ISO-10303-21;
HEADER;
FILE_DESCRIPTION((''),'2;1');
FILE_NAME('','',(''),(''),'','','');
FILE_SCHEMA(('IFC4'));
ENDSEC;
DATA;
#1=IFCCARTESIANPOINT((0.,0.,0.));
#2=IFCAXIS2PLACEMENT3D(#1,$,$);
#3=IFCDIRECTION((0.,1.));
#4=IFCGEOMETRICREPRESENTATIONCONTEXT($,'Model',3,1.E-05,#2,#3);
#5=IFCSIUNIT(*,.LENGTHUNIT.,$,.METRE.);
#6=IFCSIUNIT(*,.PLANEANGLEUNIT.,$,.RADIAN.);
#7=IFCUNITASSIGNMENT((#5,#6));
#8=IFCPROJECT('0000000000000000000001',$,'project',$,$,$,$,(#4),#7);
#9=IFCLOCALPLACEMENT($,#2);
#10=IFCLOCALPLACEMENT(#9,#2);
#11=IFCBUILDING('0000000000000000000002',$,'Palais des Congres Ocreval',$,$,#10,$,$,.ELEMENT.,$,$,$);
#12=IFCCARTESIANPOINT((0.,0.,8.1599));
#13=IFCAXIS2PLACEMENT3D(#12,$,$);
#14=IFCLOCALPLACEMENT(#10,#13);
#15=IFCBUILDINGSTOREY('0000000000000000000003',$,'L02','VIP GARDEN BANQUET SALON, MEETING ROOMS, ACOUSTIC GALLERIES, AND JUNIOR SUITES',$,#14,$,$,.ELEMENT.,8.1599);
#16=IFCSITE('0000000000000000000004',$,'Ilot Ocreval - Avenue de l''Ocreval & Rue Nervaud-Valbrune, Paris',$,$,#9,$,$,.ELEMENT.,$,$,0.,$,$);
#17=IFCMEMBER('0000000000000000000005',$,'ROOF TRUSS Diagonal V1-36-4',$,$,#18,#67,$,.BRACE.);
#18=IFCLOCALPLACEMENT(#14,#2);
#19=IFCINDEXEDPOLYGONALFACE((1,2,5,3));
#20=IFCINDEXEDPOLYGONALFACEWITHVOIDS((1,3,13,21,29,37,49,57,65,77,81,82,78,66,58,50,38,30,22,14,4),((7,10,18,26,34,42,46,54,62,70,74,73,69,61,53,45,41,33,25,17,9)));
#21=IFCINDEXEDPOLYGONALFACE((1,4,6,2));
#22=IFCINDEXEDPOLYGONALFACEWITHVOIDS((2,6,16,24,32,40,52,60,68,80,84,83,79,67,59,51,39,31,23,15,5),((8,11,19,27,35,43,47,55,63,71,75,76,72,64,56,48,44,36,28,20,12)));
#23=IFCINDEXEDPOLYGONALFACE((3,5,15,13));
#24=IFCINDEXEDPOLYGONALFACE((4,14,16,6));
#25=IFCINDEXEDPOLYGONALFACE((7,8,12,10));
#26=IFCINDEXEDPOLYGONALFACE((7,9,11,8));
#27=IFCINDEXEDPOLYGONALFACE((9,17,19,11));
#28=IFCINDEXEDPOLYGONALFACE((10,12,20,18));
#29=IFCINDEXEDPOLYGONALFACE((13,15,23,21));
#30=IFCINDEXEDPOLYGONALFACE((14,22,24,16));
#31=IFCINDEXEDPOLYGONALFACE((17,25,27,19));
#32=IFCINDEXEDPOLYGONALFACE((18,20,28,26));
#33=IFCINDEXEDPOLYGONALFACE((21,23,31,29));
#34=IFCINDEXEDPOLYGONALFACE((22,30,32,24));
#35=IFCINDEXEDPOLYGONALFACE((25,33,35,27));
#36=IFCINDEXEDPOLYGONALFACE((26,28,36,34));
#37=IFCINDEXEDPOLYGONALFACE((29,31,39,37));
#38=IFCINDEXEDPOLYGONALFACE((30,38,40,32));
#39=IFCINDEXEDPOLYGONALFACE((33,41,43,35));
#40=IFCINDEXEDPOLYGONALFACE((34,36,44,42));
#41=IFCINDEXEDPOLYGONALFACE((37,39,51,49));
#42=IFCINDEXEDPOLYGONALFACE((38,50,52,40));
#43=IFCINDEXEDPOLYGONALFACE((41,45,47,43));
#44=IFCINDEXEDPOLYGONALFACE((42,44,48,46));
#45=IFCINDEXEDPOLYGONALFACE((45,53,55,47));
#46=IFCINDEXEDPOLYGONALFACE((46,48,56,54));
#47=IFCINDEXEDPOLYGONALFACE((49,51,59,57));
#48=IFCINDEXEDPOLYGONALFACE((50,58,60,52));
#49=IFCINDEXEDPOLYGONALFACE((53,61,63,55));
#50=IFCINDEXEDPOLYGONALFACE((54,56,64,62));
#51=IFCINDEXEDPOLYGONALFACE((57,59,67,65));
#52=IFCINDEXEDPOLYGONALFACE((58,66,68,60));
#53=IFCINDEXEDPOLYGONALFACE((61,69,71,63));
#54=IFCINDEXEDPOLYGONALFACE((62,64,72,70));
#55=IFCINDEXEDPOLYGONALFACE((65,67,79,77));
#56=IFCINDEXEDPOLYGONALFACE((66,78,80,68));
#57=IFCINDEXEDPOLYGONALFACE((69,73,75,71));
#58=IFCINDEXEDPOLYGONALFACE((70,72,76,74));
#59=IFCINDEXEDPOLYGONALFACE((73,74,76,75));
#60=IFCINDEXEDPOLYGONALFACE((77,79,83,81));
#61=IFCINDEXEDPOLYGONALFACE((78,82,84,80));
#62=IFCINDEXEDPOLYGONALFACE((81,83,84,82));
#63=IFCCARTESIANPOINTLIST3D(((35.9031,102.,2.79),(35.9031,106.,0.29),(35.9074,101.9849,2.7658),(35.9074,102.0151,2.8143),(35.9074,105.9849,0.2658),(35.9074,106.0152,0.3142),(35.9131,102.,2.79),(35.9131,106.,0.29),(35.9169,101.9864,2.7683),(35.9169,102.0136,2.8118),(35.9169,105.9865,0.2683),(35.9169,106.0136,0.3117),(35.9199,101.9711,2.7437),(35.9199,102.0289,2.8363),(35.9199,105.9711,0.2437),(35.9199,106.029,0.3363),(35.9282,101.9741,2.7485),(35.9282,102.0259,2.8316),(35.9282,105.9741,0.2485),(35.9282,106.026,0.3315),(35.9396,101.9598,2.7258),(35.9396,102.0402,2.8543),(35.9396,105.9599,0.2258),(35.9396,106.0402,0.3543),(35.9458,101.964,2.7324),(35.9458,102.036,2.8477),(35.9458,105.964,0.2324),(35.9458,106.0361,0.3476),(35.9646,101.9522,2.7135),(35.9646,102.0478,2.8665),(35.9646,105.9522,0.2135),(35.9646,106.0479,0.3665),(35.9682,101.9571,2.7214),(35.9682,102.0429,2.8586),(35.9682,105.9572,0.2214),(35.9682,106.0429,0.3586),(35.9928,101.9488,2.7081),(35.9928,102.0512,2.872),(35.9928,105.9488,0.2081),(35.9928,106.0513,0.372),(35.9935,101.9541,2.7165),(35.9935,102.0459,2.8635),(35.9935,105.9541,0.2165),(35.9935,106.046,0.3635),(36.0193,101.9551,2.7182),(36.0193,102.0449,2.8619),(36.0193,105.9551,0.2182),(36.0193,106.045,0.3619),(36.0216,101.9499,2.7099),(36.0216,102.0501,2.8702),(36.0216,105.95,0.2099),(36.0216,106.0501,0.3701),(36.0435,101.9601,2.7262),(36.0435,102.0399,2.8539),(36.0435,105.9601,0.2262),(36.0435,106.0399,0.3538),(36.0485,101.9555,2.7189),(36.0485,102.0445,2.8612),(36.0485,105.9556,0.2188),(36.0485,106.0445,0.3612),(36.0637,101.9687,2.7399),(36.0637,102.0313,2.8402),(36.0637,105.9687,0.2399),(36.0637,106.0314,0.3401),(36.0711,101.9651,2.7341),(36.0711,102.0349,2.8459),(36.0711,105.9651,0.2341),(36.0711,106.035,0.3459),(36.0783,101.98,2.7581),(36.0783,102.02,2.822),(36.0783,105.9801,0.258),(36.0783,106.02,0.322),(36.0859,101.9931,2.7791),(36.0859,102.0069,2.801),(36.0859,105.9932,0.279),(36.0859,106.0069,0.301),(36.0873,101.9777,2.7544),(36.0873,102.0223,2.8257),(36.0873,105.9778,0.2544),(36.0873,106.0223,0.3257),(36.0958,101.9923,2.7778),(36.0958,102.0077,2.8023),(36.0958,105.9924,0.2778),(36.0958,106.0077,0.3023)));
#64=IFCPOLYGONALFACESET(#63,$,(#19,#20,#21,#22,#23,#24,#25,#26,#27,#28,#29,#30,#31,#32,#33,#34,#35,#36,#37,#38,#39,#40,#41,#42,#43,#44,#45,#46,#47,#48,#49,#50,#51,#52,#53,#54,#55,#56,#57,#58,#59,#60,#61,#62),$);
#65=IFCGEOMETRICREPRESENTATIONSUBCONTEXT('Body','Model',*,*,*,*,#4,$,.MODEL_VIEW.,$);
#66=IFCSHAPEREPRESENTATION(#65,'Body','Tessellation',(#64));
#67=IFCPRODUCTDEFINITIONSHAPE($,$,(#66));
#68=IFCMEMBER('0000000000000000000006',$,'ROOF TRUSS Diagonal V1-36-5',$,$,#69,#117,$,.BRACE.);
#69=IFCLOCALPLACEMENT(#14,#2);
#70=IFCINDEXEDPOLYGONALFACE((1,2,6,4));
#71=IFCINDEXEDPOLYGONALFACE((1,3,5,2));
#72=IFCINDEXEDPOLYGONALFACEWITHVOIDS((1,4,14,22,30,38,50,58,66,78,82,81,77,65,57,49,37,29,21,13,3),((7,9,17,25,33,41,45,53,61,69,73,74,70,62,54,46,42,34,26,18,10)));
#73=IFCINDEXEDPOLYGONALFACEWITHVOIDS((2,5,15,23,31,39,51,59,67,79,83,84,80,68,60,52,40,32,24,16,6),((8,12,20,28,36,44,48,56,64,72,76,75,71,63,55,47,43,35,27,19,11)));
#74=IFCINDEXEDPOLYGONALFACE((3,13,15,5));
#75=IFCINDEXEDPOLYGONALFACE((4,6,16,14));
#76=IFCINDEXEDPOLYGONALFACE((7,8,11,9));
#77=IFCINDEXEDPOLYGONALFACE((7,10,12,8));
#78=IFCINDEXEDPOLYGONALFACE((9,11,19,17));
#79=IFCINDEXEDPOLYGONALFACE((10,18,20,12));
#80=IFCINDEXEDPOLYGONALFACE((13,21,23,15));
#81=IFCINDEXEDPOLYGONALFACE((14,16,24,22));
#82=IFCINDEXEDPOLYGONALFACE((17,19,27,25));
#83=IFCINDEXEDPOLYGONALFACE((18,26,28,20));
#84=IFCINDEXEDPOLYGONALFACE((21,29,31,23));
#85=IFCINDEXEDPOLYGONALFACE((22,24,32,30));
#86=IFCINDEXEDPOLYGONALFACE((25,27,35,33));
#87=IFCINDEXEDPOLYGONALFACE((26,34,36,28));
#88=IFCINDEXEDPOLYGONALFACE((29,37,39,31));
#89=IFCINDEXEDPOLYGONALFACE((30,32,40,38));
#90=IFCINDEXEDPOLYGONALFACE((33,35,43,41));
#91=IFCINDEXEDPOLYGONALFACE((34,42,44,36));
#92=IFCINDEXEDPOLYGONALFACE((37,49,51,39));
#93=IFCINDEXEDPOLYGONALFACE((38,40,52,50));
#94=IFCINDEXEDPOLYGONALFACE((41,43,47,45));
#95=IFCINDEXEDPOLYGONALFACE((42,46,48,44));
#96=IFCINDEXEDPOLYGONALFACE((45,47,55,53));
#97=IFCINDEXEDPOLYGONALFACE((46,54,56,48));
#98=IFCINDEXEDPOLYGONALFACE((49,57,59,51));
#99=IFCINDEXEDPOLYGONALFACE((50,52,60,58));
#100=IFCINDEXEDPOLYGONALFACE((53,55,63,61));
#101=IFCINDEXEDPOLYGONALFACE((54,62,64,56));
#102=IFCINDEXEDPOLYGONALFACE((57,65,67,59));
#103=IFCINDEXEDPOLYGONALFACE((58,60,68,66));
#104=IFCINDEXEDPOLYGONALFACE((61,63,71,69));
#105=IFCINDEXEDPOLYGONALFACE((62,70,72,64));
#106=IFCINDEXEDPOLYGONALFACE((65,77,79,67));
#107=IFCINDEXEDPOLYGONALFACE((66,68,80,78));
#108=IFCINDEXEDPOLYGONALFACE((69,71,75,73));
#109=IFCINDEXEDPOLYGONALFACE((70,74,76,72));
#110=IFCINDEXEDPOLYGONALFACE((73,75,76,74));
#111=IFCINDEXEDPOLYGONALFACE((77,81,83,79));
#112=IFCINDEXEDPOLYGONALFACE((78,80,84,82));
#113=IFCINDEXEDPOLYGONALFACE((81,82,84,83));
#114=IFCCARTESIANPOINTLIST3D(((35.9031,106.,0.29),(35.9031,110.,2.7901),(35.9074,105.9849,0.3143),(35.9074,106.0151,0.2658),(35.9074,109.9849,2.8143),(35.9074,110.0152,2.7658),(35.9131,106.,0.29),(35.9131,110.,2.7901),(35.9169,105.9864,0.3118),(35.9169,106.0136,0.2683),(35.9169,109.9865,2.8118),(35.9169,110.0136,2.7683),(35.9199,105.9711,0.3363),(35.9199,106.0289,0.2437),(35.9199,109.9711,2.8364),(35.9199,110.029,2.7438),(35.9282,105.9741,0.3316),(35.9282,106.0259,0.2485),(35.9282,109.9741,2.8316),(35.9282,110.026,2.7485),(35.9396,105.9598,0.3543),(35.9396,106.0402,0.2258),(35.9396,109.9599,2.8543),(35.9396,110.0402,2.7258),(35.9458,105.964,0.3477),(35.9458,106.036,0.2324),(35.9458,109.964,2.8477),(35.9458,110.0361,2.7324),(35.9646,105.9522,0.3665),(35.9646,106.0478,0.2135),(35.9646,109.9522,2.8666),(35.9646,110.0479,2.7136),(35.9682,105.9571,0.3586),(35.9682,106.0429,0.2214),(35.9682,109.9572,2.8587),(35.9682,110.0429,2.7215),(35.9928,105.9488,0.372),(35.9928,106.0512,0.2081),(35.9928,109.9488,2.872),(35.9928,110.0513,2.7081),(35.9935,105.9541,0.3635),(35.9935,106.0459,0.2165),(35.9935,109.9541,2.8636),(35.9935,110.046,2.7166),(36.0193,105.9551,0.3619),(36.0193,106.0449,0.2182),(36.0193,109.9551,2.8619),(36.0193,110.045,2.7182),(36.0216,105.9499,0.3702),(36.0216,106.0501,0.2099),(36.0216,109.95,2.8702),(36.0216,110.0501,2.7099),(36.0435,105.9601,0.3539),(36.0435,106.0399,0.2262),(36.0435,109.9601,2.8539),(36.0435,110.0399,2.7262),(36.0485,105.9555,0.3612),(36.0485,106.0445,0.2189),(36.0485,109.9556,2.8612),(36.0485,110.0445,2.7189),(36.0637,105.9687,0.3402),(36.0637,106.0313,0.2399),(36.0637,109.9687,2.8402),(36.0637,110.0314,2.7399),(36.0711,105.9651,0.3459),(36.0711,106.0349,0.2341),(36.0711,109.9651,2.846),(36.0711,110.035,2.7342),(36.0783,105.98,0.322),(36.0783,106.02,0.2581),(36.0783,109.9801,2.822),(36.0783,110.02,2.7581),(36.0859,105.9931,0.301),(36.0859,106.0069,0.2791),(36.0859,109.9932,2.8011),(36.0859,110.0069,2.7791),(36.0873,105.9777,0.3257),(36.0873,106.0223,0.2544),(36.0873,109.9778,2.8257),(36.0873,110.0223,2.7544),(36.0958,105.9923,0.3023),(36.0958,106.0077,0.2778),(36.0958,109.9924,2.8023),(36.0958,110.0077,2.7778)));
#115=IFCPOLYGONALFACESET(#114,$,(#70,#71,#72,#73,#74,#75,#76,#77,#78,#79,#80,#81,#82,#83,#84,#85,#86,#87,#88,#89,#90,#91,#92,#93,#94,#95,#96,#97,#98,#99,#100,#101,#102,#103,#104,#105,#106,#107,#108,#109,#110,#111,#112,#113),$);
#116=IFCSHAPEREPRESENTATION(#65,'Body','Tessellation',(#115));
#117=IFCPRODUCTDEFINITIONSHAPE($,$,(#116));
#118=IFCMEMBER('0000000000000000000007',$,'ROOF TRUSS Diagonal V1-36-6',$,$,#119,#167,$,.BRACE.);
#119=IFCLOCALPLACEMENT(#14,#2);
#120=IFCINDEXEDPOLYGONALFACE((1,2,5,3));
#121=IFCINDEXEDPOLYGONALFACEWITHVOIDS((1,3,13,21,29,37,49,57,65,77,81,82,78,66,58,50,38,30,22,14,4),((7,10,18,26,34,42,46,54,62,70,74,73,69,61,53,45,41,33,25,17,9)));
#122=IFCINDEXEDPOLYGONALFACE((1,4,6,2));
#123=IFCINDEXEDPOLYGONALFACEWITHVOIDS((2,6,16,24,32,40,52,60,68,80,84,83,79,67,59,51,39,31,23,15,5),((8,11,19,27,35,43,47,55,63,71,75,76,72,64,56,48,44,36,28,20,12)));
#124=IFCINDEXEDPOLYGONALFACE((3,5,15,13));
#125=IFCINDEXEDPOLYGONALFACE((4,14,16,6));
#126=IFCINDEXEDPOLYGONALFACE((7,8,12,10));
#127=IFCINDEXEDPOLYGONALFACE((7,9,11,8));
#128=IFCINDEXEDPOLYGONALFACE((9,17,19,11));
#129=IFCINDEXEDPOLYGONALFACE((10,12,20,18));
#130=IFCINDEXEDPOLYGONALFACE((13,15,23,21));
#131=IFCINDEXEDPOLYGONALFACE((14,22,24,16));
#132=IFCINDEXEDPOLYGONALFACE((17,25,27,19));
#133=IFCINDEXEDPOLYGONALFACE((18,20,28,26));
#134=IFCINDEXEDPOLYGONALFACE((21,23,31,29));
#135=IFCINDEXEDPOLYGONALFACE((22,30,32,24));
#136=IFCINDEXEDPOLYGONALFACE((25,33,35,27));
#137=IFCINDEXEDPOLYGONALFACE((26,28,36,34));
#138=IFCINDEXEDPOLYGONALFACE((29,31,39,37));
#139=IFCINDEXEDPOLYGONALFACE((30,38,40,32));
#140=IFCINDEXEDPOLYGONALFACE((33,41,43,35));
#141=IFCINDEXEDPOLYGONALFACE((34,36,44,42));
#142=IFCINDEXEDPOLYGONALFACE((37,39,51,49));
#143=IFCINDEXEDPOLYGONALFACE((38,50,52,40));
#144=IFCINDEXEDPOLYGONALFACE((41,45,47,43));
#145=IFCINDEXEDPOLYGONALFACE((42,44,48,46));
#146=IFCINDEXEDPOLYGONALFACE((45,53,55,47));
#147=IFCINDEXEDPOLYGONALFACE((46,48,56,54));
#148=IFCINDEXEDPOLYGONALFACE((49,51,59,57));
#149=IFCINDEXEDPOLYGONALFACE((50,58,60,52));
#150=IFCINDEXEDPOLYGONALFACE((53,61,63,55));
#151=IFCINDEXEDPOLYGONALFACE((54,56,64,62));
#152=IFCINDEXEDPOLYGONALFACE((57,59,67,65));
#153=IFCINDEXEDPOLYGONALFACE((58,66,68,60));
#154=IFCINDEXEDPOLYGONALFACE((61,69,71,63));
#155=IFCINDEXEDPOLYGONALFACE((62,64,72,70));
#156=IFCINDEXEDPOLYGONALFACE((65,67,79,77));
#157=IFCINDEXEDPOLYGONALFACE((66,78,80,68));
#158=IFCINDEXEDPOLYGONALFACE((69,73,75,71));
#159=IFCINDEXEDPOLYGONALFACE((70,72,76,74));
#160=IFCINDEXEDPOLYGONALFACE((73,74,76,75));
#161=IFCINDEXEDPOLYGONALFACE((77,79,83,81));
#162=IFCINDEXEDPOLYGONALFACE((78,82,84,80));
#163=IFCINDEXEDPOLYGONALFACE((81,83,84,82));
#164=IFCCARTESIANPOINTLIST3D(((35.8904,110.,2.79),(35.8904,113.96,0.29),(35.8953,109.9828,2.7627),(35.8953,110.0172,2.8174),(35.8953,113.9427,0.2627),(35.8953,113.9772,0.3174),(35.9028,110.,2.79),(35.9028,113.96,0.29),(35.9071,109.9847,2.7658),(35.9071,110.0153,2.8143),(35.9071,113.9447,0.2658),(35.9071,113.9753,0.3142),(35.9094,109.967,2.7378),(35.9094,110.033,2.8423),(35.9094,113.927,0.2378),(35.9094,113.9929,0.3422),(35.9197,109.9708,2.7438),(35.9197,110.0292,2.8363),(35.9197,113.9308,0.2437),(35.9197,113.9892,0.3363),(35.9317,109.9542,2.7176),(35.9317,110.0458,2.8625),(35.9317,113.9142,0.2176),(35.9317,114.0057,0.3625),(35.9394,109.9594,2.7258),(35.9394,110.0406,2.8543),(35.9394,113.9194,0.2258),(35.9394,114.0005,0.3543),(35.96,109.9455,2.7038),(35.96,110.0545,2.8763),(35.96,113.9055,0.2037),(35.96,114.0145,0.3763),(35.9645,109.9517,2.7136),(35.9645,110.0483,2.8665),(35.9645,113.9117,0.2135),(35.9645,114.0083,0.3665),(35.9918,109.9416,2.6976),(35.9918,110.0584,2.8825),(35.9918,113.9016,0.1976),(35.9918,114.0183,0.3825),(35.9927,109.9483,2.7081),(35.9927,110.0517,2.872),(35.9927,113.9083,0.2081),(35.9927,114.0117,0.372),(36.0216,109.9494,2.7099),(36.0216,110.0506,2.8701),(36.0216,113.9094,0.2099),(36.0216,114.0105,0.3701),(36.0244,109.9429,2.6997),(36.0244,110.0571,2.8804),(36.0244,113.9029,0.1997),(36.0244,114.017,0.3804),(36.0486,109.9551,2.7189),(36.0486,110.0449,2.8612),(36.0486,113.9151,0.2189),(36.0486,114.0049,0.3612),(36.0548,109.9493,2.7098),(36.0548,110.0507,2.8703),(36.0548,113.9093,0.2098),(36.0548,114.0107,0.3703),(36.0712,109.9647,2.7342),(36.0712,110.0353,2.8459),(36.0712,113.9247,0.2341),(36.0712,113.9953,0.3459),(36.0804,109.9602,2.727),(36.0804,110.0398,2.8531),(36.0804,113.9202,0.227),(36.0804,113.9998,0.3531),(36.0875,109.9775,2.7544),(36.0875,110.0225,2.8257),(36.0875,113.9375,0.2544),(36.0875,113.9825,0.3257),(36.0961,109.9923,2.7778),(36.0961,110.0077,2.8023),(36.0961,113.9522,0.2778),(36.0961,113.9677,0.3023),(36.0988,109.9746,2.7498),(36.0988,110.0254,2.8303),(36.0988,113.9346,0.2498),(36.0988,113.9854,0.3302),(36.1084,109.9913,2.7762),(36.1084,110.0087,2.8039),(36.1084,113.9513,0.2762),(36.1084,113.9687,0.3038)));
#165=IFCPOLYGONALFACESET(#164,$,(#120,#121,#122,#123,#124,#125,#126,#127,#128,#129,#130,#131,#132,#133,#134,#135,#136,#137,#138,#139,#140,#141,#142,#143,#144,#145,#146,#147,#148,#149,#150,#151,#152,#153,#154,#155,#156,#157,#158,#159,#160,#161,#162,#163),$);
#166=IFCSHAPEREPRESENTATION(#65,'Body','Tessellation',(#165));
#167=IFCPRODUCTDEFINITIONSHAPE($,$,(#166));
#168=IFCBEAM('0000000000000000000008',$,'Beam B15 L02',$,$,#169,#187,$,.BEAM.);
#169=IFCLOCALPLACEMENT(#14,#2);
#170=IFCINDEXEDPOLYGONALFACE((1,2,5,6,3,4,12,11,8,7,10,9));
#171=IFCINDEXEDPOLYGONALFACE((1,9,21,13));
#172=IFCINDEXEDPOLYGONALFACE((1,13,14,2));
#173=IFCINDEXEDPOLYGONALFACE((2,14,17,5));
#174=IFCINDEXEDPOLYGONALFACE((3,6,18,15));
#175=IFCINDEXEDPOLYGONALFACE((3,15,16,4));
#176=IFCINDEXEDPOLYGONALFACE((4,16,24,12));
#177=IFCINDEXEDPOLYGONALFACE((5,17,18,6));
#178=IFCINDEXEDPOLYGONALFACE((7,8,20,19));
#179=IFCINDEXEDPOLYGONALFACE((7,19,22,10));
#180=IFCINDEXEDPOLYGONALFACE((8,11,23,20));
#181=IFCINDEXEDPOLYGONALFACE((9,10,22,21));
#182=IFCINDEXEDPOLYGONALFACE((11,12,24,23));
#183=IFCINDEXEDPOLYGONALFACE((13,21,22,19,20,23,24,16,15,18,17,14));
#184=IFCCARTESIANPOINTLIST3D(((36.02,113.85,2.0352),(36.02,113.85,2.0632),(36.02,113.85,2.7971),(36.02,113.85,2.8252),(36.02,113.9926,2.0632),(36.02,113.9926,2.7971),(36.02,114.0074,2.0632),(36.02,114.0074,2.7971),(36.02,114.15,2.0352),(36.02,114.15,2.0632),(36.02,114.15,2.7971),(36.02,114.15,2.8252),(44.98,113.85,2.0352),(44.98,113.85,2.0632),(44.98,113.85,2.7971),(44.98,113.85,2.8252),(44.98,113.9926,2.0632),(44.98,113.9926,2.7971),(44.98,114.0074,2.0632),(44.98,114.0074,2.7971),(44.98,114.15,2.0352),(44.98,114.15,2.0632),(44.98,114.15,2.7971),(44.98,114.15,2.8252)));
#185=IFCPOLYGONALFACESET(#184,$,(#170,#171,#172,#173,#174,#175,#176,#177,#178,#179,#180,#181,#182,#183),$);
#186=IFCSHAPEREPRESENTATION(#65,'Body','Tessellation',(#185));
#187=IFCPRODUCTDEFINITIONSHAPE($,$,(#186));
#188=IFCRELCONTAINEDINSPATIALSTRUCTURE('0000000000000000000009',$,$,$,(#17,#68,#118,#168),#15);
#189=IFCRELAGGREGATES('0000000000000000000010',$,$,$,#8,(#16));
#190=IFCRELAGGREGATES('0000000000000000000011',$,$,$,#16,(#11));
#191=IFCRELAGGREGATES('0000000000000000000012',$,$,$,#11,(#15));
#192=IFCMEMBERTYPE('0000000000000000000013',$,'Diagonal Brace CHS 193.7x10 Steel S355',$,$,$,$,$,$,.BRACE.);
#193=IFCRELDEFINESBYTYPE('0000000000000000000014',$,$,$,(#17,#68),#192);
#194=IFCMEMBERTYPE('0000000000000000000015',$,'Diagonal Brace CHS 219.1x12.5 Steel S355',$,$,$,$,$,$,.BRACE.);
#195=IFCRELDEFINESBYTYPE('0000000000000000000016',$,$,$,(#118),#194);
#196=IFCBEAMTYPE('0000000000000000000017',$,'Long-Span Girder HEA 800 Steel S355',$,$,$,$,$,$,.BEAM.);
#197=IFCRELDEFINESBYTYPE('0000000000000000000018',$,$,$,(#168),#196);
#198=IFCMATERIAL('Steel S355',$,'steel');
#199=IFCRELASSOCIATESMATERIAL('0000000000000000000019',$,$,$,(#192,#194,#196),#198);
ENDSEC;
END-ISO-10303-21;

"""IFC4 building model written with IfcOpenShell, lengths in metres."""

from ifc_helpers import new_model, si_unit, direction, frame, origin, origin_2d, place, context, subcontext, project, spatial, hollow_circle, i_section, extrude, material, material_profile, profile_set, type_object, element, save


model = new_model("IFC4")

# Units and contexts
model_context = context("Model", 3, precision=1e-05, world=origin(), true_north=direction((0.0, 1.0)))
body_context = subcontext(model_context, "Body", "Model", "MODEL_VIEW")
ifc_project = project(units=[si_unit("LENGTHUNIT", "METRE"), si_unit("PLANEANGLEUNIT", "RADIAN")], contexts=[model_context])

# Site, building, storey
site_placement = place(None, origin())
site = spatial("IfcSite", under=ifc_project, at=site_placement, Name="Ilot Ocreval - Avenue de l'Ocreval & Rue Nervaud-Valbrune, Paris", CompositionType="ELEMENT", RefElevation=0.0)
building_placement = place(site_placement, origin())
building = spatial("IfcBuilding", under=site, at=building_placement, Name="Palais des Congres Ocreval", CompositionType="ELEMENT")
storey_placement = place(building_placement, frame((0.0, 0.0, 8.1599)))
storey = spatial("IfcBuildingStorey", under=building, at=storey_placement, Name="L02", Description="VIP GARDEN BANQUET SALON, MEETING ROOMS, ACOUSTIC GALLERIES, AND JUNIOR SUITES", CompositionType="ELEMENT", Elevation=8.1599)

# Shared definitions
ifc_material_1 = material(Name="Steel S355", Category="steel")

# Members
ifc_material_profile_1 = material_profile(ifc_material_1, hollow_circle(Radius=0.0969, WallThickness=0.01, at=origin_2d()), Name="CHS 193.7x10")
ifc_profile_set_1 = profile_set([ifc_material_profile_1], Name="Steel S355")
member_type_1 = type_object("IfcMemberType", Name="Diagonal Brace CHS 193.7x10 Steel S355", PredefinedType="BRACE", material=ifc_profile_set_1)
for number, where, z_axis, x_axis, name in (
    (1, (36.0, 102.0, 2.79), (0.0, 0.847998, -0.529999), (-1.0, 0.0, 0.0), "ROOF TRUSS Diagonal V1-36-4"),
    (2, (36.0, 106.0, 0.29), (0.0, 0.847998, 0.529999), (-1.0, 0.0, 0.0), "ROOF TRUSS Diagonal V1-36-5"),
):
    element("IfcMember", number, at=place(storey_placement, frame(where, z_axis=z_axis, x_axis=x_axis)), inside=storey, type_object=member_type_1, Name=name, PredefinedType="BRACE", context=body_context, shape_type="SweptSolid", body=[
        extrude(hollow_circle(Radius=0.0969, WallThickness=0.01, at=origin_2d()), origin(), (0.0, 0.0, 1.0), 4.717),
    ])
ifc_material_profile_2 = material_profile(ifc_material_1, hollow_circle(Radius=0.1096, WallThickness=0.0125, at=origin_2d()), Name="CHS 219.1x12.5")
ifc_profile_set_2 = profile_set([ifc_material_profile_2], Name="Steel S355")
member_type_2 = type_object("IfcMemberType", Name="Diagonal Brace CHS 219.1x12.5 Steel S355", PredefinedType="BRACE", material=ifc_profile_set_2)
member_1_placement = place(storey_placement, frame((36.0, 110.0, 2.79), z_axis=(0.0, 0.845588, -0.533836), x_axis=(-1.0, 0.0, 0.0)))
element("IfcMember", 3, at=member_1_placement, inside=storey, type_object=member_type_2, Name="ROOF TRUSS Diagonal V1-36-6", PredefinedType="BRACE", context=body_context, shape_type="SweptSolid", body=[
    extrude(hollow_circle(Radius=0.1096, WallThickness=0.0125, at=origin_2d()), origin(), (0.0, 0.0, 1.0), 4.6831),
])

# Beam
ifc_material_profile_3 = material_profile(ifc_material_1, i_section(OverallWidth=0.3, OverallDepth=0.79, WebThickness=0.0149, FlangeThickness=0.0281, at=origin_2d()), Name="HEA 800")
ifc_profile_set_3 = profile_set([ifc_material_profile_3], Name="Steel S355")
beam_type_1 = type_object("IfcBeamType", Name="Long-Span Girder HEA 800 Steel S355", PredefinedType="BEAM", material=ifc_profile_set_3)
for number, where, z_axis, x_axis, name in (
    (4, (36.02, 114.0, 2.4302), (1.0, 0.0, 0.0), (0.0, 1.0, 0.0), "Beam B15 L02"),
):
    element("IfcBeam", number, at=place(storey_placement, frame(where, z_axis=z_axis, x_axis=x_axis)), inside=storey, type_object=beam_type_1, Name=name, PredefinedType="BEAM", context=body_context, shape_type="SweptSolid", body=[
        extrude(i_section(OverallWidth=0.3, OverallDepth=0.79, WebThickness=0.0149, FlangeThickness=0.0281, at=origin_2d()), origin(), (0.0, 0.0, 1.0), 8.96),
    ])

save(model, "model.ifc")
